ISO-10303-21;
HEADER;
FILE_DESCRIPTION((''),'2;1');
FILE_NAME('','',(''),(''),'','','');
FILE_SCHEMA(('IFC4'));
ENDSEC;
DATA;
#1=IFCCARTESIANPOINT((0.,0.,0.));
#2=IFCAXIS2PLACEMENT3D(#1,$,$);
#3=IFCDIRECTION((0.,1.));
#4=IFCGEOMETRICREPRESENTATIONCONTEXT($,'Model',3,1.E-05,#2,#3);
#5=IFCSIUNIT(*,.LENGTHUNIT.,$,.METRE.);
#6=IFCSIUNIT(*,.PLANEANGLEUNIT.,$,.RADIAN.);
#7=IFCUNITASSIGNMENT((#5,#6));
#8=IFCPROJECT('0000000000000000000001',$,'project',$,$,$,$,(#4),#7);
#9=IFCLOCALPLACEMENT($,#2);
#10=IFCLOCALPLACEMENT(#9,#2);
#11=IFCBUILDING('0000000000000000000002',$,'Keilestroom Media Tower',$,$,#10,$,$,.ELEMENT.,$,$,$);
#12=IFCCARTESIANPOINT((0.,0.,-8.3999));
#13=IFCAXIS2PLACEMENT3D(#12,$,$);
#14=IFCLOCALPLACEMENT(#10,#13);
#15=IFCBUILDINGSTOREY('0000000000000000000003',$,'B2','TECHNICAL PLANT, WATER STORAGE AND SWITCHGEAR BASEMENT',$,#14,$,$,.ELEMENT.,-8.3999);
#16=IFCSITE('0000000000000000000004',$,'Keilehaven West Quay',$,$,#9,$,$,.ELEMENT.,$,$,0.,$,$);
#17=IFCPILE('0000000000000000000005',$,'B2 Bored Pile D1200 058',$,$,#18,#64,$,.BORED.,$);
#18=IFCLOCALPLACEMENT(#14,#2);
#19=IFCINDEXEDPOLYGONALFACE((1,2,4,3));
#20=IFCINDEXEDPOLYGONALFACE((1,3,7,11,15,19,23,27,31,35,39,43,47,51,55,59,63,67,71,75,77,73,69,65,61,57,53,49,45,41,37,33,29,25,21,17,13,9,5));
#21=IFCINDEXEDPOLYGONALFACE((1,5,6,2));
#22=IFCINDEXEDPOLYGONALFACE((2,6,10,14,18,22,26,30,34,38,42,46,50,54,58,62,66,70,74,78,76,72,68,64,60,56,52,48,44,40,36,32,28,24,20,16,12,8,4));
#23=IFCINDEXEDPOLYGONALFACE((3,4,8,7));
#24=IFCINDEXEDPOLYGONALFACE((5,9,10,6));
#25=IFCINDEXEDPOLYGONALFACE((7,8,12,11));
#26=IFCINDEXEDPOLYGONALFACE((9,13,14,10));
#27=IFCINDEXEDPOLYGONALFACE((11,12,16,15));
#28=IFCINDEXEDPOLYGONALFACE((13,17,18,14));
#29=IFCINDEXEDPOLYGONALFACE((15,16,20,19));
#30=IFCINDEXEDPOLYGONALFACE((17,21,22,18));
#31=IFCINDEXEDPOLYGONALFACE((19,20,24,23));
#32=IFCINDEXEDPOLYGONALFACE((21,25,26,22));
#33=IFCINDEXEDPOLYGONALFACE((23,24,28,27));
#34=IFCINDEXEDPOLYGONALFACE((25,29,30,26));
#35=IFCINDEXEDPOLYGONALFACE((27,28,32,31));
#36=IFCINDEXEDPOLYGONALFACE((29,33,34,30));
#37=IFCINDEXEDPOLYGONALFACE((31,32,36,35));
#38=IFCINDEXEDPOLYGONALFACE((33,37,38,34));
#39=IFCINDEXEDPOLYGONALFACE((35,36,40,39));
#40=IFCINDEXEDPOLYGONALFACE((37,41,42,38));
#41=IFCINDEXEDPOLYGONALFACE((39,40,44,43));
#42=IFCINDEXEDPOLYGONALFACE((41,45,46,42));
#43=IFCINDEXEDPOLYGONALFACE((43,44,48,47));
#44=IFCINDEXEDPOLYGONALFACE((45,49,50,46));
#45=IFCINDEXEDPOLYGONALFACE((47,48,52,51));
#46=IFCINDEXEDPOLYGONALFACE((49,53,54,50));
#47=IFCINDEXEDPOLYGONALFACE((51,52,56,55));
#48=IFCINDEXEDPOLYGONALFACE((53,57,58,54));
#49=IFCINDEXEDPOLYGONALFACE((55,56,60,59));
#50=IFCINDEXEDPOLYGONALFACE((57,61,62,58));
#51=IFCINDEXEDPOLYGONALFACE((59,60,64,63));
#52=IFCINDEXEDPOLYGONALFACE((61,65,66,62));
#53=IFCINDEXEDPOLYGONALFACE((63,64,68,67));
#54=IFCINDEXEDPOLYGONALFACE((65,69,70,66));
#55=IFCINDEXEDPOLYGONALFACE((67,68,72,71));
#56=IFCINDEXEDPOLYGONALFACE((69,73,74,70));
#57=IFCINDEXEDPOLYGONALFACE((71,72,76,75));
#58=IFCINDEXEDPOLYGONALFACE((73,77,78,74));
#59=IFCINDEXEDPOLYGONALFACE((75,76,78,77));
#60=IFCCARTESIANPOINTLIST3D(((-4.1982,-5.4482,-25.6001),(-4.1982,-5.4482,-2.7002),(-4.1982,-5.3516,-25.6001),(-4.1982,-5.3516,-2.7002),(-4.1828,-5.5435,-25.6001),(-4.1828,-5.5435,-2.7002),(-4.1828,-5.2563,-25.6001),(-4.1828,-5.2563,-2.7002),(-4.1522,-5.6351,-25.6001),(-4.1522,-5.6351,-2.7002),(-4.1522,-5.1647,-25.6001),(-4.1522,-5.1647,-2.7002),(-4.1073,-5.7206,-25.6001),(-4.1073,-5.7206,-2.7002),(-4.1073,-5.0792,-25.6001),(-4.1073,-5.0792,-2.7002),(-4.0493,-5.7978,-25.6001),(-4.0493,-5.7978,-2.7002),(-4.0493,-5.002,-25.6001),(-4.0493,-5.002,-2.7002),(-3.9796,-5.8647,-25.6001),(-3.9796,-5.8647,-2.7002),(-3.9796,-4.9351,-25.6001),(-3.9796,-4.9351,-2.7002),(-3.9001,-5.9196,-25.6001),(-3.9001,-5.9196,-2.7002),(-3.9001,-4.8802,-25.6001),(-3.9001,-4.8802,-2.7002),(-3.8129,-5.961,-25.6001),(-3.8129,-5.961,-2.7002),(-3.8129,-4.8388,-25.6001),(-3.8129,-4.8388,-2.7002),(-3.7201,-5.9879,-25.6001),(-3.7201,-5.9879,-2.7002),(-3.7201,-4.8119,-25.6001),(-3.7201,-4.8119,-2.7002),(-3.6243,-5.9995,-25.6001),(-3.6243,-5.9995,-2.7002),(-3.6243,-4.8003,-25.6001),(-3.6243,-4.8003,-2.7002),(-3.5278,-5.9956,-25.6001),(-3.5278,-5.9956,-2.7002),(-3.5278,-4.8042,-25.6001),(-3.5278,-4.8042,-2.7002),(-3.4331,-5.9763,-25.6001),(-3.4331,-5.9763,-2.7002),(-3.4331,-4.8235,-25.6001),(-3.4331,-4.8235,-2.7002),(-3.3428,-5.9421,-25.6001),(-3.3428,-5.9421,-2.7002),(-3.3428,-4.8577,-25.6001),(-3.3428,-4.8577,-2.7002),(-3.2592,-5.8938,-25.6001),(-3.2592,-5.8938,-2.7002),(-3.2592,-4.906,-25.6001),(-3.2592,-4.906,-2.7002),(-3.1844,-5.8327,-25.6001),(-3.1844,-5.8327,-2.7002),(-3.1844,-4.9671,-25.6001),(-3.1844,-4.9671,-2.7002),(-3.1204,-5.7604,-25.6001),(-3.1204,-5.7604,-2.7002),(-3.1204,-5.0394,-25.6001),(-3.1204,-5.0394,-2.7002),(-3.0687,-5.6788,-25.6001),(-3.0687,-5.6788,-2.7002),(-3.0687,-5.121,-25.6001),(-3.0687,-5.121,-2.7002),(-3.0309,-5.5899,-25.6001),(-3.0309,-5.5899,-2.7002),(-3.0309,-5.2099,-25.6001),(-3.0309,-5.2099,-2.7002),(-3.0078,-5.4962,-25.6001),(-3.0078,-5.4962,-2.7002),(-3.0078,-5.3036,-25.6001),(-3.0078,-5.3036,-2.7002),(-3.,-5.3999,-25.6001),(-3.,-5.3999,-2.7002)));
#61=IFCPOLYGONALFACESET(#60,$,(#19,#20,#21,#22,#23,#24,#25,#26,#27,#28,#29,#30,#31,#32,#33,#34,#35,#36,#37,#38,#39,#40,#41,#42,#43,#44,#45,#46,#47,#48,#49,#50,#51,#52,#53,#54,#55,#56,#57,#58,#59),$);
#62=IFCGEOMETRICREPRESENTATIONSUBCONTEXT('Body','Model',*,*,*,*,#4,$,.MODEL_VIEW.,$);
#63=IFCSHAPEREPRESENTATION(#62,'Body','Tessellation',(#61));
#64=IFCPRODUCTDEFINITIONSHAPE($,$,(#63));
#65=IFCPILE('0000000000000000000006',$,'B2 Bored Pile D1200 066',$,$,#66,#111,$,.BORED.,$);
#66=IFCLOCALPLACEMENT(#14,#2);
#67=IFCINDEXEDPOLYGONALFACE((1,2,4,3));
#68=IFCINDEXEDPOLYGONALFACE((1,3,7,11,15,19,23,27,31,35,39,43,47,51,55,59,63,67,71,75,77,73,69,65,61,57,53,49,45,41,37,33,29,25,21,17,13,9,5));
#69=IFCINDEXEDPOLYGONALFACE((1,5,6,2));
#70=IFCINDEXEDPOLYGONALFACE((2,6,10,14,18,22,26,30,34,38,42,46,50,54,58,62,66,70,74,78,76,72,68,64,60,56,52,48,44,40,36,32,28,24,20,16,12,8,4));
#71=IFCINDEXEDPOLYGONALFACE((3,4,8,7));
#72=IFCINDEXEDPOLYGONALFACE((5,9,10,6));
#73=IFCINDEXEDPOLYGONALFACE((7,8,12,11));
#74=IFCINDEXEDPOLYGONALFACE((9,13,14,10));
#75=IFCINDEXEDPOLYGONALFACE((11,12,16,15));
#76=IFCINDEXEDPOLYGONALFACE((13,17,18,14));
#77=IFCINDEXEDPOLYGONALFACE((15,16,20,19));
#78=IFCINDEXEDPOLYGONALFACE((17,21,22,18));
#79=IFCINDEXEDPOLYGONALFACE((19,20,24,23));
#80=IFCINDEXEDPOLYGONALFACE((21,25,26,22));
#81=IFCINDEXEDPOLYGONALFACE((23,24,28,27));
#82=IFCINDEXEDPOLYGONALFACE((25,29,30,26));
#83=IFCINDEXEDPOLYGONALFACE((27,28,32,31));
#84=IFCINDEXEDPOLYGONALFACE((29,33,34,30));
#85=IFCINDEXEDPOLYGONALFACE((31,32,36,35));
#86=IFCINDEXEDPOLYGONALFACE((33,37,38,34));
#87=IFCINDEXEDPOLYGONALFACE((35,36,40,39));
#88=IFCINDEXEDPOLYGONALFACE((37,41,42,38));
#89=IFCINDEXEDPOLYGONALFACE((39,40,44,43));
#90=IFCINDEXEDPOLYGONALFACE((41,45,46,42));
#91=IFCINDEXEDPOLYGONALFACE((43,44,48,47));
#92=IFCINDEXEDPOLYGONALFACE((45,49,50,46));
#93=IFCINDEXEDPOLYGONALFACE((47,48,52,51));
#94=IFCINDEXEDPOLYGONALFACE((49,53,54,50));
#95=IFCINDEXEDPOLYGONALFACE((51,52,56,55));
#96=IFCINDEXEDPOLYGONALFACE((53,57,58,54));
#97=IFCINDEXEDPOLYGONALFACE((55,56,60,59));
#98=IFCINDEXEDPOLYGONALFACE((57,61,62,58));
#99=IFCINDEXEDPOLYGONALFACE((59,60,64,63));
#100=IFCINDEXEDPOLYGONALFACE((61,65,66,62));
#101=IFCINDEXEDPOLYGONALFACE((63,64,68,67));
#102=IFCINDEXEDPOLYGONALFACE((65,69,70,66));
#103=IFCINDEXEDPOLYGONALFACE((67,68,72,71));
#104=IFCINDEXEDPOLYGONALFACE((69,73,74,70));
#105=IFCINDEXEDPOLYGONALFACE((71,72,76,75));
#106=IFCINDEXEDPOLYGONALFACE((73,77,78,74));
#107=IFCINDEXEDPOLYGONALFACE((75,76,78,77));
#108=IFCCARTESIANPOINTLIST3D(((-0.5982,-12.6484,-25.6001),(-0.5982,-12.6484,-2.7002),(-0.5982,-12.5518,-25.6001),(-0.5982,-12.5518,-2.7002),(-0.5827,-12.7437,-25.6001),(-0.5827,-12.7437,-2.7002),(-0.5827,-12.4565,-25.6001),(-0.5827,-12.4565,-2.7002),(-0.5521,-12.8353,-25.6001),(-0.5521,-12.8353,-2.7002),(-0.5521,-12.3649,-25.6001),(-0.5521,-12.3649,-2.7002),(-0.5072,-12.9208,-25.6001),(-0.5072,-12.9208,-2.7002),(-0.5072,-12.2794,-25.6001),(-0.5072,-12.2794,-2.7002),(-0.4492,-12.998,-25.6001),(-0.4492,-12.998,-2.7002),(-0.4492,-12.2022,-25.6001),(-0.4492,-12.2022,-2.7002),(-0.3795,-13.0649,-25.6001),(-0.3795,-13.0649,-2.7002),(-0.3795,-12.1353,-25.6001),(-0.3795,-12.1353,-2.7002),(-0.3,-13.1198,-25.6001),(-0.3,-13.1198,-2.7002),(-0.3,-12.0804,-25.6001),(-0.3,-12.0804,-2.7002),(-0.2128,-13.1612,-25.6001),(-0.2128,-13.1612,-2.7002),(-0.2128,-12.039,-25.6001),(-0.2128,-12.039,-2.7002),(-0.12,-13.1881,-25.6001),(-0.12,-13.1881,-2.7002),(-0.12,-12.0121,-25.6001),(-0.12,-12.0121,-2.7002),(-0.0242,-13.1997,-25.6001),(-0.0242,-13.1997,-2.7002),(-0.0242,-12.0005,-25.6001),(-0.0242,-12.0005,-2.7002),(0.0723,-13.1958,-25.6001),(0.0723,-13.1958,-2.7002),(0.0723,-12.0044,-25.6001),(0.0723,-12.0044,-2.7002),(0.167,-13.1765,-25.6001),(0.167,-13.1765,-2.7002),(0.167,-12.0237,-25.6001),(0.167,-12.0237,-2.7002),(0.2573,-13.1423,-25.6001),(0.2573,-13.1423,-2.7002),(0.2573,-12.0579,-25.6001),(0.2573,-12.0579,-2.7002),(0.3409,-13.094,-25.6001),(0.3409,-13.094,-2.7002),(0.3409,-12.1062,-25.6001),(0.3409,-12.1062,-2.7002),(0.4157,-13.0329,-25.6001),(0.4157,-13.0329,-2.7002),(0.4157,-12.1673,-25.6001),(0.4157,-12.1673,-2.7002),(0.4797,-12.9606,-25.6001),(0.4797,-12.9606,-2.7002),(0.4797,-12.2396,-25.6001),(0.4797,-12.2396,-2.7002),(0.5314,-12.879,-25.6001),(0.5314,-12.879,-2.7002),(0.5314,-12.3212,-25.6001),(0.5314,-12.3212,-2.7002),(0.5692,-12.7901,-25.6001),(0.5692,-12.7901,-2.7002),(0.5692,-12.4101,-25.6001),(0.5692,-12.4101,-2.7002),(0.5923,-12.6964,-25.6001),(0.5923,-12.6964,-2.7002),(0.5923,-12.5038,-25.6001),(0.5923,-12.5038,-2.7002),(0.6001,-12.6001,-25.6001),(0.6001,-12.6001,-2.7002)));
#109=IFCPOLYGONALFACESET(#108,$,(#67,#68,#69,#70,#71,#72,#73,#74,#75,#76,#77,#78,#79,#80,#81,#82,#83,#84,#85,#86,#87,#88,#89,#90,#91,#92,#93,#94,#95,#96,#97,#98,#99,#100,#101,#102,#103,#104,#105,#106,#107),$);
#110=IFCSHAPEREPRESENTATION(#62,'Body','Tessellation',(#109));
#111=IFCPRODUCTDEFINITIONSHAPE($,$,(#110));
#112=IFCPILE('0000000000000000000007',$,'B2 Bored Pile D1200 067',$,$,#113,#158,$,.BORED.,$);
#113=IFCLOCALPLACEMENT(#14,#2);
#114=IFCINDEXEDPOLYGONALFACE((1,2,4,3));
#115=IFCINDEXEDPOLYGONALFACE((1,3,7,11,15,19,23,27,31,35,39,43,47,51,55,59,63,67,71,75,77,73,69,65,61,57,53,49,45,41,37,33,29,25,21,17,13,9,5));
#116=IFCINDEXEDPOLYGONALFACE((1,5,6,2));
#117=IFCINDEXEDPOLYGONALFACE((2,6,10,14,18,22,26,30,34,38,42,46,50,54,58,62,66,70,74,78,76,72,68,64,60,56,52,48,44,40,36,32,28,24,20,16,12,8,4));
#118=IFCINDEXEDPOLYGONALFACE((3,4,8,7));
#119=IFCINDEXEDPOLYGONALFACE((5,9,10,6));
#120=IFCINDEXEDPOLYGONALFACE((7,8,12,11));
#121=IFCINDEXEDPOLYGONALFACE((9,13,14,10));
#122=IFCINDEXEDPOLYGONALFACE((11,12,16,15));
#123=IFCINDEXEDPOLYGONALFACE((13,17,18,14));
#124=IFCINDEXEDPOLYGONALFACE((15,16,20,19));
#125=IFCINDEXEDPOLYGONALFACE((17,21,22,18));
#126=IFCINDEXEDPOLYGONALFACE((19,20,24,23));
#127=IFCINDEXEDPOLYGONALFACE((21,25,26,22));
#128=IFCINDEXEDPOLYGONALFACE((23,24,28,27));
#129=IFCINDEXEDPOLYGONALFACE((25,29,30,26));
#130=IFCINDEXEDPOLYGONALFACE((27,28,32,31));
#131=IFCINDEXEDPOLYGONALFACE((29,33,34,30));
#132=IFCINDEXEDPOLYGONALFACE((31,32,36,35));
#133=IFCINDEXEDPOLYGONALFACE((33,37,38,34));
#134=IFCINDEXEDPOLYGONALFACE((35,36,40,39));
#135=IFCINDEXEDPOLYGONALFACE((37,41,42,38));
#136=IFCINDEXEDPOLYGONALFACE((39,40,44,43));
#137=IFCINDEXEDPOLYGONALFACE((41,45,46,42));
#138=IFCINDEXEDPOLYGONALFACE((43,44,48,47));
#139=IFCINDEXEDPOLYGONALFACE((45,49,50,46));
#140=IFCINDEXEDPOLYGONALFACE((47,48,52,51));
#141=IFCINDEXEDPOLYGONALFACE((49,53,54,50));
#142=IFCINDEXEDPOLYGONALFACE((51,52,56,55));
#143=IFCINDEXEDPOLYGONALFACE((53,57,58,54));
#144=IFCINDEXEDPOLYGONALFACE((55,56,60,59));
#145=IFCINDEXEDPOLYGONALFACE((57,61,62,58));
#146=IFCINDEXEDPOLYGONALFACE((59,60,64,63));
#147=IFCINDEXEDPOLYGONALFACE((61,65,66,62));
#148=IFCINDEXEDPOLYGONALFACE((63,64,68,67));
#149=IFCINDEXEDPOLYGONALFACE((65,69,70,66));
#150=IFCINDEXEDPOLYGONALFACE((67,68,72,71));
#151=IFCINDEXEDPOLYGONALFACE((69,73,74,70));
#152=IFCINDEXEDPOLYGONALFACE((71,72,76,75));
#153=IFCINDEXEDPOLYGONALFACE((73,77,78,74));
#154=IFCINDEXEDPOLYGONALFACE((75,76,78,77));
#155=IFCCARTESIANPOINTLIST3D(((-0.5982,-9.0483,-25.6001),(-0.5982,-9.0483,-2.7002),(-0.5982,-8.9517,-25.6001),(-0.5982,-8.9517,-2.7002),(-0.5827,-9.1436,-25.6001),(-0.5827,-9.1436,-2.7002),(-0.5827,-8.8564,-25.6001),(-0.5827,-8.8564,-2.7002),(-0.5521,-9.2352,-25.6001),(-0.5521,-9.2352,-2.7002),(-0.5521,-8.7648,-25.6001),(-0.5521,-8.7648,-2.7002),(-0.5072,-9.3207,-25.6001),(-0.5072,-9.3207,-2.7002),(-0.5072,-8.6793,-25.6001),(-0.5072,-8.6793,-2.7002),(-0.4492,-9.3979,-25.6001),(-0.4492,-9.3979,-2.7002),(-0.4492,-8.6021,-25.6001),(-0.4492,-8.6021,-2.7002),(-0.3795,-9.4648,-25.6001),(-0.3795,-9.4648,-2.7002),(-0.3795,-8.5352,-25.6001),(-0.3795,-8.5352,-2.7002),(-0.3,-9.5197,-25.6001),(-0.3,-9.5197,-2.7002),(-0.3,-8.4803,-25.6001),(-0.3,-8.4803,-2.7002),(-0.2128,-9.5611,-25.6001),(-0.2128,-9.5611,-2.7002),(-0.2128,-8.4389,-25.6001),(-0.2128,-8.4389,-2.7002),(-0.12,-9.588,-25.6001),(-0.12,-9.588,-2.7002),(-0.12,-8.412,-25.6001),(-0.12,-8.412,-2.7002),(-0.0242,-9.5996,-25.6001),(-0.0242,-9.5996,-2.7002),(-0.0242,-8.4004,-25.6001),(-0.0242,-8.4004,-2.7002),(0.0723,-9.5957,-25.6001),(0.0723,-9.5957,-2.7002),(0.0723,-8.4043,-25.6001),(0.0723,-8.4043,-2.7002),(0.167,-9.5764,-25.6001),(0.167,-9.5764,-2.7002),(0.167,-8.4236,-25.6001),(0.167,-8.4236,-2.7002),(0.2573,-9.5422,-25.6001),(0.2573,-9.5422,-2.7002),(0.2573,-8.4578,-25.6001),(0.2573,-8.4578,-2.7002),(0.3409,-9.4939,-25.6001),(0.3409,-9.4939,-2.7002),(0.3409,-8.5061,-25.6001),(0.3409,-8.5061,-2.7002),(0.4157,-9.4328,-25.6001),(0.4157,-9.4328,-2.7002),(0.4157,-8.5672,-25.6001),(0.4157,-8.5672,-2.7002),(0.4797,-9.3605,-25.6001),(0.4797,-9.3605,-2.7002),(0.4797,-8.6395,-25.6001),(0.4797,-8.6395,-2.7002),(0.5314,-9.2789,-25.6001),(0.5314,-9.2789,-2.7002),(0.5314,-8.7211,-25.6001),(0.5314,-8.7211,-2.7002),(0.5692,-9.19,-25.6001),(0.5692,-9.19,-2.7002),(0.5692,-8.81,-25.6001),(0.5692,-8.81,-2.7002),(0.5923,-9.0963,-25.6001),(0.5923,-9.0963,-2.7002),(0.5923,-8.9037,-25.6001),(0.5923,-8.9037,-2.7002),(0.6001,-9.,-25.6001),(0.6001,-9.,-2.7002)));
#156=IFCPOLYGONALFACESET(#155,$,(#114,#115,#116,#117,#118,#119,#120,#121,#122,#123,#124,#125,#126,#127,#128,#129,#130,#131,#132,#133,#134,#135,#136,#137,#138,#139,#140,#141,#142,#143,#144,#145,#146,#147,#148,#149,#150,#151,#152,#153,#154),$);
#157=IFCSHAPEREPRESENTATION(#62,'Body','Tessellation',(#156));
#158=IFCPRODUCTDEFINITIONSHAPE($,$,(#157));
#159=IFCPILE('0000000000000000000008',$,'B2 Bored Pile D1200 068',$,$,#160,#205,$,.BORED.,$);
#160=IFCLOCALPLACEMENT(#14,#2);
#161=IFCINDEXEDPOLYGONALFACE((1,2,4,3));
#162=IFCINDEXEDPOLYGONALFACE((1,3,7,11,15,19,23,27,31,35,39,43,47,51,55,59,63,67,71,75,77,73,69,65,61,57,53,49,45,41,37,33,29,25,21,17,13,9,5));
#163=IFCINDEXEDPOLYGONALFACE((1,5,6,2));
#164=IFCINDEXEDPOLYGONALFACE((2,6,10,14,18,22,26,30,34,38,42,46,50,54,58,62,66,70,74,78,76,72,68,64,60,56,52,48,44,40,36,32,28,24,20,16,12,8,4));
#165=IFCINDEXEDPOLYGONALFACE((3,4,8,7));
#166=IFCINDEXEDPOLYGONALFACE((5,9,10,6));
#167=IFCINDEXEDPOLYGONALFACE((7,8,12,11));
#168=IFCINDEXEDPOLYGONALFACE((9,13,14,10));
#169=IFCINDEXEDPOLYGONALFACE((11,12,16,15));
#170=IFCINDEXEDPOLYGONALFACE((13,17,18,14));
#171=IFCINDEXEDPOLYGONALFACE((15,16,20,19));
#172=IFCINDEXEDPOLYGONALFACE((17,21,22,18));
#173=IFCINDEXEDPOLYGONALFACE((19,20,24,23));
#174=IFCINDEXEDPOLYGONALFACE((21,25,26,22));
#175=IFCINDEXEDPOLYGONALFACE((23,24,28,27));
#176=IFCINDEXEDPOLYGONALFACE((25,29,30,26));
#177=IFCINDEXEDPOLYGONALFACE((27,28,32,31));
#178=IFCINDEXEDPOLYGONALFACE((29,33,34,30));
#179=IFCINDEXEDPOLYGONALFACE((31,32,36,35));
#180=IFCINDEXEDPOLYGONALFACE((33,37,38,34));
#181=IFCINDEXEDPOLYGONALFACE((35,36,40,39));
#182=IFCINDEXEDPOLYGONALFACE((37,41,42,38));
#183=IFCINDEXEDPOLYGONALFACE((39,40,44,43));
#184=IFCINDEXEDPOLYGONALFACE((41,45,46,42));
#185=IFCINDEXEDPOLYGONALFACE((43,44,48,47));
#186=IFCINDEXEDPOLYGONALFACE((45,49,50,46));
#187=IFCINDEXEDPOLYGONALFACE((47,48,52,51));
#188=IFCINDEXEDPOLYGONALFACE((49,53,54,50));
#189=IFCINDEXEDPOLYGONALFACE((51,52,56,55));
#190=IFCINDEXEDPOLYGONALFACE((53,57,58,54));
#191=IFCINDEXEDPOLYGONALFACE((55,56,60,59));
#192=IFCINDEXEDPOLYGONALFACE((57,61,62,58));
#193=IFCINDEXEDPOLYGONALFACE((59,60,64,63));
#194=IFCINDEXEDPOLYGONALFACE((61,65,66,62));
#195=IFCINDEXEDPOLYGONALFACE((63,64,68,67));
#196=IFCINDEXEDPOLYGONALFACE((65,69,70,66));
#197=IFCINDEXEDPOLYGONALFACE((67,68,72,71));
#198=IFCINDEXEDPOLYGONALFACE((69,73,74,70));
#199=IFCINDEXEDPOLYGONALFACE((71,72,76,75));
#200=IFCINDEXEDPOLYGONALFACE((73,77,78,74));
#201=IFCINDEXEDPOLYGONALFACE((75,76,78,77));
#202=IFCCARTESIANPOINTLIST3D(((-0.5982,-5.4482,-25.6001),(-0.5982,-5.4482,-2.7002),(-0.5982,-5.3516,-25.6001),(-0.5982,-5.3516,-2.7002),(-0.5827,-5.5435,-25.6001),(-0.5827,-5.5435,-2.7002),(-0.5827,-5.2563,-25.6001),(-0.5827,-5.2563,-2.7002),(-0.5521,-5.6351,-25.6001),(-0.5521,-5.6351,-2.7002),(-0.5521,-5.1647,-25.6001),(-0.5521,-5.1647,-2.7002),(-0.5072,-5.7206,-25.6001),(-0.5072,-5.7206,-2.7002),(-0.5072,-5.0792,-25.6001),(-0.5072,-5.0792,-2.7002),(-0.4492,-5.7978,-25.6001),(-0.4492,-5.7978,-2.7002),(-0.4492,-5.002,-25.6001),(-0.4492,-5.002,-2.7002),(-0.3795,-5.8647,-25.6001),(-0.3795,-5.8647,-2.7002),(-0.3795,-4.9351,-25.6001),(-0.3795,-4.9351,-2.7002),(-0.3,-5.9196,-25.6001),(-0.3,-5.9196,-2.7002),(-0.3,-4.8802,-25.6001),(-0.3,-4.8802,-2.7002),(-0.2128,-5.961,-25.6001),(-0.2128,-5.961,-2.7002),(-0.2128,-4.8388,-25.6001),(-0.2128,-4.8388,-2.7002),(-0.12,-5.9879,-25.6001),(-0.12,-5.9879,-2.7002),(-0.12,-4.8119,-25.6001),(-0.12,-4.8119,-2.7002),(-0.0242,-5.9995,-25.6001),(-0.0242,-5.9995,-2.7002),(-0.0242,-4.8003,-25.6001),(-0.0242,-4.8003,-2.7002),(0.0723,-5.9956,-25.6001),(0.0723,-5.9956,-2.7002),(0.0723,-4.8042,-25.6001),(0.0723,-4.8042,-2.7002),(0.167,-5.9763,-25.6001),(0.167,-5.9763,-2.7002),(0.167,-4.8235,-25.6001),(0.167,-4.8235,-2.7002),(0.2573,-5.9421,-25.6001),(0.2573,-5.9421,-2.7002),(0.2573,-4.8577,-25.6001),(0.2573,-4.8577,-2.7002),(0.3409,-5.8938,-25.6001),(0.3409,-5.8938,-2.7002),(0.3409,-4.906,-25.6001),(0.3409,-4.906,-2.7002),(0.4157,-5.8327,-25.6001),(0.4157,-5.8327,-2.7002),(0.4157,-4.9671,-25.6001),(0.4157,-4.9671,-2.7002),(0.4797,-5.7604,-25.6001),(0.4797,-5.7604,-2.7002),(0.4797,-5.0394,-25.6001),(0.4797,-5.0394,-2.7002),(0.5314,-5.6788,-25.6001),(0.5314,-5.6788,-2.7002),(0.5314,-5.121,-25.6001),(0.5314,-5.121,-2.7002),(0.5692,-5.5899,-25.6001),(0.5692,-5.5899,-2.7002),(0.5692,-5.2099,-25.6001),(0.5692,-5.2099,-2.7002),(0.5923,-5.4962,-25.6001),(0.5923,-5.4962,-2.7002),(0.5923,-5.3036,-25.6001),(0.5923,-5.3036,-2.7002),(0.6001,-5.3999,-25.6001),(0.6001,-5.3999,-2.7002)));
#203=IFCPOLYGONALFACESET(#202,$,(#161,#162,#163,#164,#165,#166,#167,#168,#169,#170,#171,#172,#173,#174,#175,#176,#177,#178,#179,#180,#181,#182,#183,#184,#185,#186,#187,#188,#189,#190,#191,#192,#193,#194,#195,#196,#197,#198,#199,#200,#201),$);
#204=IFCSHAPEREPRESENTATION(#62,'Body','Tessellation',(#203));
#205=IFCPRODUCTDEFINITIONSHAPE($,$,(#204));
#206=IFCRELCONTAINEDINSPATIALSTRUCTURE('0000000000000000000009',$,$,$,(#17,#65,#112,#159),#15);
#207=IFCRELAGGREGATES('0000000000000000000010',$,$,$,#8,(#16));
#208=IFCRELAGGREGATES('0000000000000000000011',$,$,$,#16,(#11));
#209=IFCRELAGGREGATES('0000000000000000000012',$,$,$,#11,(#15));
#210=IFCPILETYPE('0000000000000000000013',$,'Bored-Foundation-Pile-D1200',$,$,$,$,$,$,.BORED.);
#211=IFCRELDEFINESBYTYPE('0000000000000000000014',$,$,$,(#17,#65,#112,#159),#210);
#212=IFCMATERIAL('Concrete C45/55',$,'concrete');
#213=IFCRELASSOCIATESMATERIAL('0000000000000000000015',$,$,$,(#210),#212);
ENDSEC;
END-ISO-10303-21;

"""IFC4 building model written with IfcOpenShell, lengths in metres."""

from ifc_helpers import new_model, si_unit, direction, frame, origin, origin_2d, place, context, subcontext, project, spatial, circle, extrude, source, transform, mapped, material, material_profile, profile_set, type_object, element, save


model = new_model("IFC4")

# Units and contexts
model_context = context("Model", 3, precision=1e-05, world=origin(), true_north=direction((0.0, 1.0)))
body_context = subcontext(model_context, "Body", "Model", "MODEL_VIEW")
ifc_project = project(units=[si_unit("LENGTHUNIT", "METRE"), si_unit("PLANEANGLEUNIT", "RADIAN")], contexts=[model_context])

# Site, building, storey
site_placement = place(None, origin())
site = spatial("IfcSite", under=ifc_project, at=site_placement, Name="Keilehaven West Quay", CompositionType="ELEMENT", RefElevation=0.0)
building_placement = place(site_placement, origin())
building = spatial("IfcBuilding", under=site, at=building_placement, Name="Keilestroom Media Tower", CompositionType="ELEMENT")
storey_placement = place(building_placement, frame((0.0, 0.0, -8.3999)))
storey = spatial("IfcBuildingStorey", under=building, at=storey_placement, Name="B2", Description="TECHNICAL PLANT, WATER STORAGE AND SWITCHGEAR BASEMENT", CompositionType="ELEMENT", Elevation=-8.3999)

# Piles
ifc_material_1 = material(Name="Concrete C45/55", Category="concrete")
ifc_material_profile_1 = material_profile(ifc_material_1, circle(Radius=0.6001, at=origin_2d()), Name="BORED PILE D1200")
ifc_profile_set_1 = profile_set([ifc_material_profile_1], Name="Concrete C45/55")
pile_type = type_object("IfcPileType", Name="Bored-Foundation-Pile-D1200", PredefinedType="BORED", material=ifc_profile_set_1)
shared_shape_1 = source(origin(), body_context, "Body", "SweptSolid", [
    extrude(circle(Radius=0.6001, at=origin_2d()), origin(), (0.0, 0.0, 1.0), 22.8999),
])
for number, where, z_axis, x_axis, name in (
    (1, (-3.6001, -5.3999, -2.7002), (0.0, 0.0, -1.0), (1.0, 0.0, 0.0), "B2 Bored Pile D1200 058"),
    (2, (0.0, -12.6001, -2.7002), (0.0, 0.0, -1.0), (1.0, 0.0, 0.0), "B2 Bored Pile D1200 066"),
    (3, (0.0, -9.0, -2.7002), (0.0, 0.0, -1.0), (1.0, 0.0, 0.0), "B2 Bored Pile D1200 067"),
    (4, (0.0, -5.3999, -2.7002), (0.0, 0.0, -1.0), (1.0, 0.0, 0.0), "B2 Bored Pile D1200 068"),
):
    element("IfcPile", number, at=place(storey_placement, frame(where, z_axis=z_axis, x_axis=x_axis)), inside=storey, type_object=pile_type, Name=name, PredefinedType="BORED", context=body_context, shape_type="MappedRepresentation", body=[
        mapped(shared_shape_1, transform((0.0, 0.0, 0.0), x_axis=(1.0, 0.0, 0.0), y_axis=(0.0, 1.0, 0.0), z_axis=(0.0, 0.0, 1.0), scale=1.0)),
    ])

save(model, "model.ifc")
